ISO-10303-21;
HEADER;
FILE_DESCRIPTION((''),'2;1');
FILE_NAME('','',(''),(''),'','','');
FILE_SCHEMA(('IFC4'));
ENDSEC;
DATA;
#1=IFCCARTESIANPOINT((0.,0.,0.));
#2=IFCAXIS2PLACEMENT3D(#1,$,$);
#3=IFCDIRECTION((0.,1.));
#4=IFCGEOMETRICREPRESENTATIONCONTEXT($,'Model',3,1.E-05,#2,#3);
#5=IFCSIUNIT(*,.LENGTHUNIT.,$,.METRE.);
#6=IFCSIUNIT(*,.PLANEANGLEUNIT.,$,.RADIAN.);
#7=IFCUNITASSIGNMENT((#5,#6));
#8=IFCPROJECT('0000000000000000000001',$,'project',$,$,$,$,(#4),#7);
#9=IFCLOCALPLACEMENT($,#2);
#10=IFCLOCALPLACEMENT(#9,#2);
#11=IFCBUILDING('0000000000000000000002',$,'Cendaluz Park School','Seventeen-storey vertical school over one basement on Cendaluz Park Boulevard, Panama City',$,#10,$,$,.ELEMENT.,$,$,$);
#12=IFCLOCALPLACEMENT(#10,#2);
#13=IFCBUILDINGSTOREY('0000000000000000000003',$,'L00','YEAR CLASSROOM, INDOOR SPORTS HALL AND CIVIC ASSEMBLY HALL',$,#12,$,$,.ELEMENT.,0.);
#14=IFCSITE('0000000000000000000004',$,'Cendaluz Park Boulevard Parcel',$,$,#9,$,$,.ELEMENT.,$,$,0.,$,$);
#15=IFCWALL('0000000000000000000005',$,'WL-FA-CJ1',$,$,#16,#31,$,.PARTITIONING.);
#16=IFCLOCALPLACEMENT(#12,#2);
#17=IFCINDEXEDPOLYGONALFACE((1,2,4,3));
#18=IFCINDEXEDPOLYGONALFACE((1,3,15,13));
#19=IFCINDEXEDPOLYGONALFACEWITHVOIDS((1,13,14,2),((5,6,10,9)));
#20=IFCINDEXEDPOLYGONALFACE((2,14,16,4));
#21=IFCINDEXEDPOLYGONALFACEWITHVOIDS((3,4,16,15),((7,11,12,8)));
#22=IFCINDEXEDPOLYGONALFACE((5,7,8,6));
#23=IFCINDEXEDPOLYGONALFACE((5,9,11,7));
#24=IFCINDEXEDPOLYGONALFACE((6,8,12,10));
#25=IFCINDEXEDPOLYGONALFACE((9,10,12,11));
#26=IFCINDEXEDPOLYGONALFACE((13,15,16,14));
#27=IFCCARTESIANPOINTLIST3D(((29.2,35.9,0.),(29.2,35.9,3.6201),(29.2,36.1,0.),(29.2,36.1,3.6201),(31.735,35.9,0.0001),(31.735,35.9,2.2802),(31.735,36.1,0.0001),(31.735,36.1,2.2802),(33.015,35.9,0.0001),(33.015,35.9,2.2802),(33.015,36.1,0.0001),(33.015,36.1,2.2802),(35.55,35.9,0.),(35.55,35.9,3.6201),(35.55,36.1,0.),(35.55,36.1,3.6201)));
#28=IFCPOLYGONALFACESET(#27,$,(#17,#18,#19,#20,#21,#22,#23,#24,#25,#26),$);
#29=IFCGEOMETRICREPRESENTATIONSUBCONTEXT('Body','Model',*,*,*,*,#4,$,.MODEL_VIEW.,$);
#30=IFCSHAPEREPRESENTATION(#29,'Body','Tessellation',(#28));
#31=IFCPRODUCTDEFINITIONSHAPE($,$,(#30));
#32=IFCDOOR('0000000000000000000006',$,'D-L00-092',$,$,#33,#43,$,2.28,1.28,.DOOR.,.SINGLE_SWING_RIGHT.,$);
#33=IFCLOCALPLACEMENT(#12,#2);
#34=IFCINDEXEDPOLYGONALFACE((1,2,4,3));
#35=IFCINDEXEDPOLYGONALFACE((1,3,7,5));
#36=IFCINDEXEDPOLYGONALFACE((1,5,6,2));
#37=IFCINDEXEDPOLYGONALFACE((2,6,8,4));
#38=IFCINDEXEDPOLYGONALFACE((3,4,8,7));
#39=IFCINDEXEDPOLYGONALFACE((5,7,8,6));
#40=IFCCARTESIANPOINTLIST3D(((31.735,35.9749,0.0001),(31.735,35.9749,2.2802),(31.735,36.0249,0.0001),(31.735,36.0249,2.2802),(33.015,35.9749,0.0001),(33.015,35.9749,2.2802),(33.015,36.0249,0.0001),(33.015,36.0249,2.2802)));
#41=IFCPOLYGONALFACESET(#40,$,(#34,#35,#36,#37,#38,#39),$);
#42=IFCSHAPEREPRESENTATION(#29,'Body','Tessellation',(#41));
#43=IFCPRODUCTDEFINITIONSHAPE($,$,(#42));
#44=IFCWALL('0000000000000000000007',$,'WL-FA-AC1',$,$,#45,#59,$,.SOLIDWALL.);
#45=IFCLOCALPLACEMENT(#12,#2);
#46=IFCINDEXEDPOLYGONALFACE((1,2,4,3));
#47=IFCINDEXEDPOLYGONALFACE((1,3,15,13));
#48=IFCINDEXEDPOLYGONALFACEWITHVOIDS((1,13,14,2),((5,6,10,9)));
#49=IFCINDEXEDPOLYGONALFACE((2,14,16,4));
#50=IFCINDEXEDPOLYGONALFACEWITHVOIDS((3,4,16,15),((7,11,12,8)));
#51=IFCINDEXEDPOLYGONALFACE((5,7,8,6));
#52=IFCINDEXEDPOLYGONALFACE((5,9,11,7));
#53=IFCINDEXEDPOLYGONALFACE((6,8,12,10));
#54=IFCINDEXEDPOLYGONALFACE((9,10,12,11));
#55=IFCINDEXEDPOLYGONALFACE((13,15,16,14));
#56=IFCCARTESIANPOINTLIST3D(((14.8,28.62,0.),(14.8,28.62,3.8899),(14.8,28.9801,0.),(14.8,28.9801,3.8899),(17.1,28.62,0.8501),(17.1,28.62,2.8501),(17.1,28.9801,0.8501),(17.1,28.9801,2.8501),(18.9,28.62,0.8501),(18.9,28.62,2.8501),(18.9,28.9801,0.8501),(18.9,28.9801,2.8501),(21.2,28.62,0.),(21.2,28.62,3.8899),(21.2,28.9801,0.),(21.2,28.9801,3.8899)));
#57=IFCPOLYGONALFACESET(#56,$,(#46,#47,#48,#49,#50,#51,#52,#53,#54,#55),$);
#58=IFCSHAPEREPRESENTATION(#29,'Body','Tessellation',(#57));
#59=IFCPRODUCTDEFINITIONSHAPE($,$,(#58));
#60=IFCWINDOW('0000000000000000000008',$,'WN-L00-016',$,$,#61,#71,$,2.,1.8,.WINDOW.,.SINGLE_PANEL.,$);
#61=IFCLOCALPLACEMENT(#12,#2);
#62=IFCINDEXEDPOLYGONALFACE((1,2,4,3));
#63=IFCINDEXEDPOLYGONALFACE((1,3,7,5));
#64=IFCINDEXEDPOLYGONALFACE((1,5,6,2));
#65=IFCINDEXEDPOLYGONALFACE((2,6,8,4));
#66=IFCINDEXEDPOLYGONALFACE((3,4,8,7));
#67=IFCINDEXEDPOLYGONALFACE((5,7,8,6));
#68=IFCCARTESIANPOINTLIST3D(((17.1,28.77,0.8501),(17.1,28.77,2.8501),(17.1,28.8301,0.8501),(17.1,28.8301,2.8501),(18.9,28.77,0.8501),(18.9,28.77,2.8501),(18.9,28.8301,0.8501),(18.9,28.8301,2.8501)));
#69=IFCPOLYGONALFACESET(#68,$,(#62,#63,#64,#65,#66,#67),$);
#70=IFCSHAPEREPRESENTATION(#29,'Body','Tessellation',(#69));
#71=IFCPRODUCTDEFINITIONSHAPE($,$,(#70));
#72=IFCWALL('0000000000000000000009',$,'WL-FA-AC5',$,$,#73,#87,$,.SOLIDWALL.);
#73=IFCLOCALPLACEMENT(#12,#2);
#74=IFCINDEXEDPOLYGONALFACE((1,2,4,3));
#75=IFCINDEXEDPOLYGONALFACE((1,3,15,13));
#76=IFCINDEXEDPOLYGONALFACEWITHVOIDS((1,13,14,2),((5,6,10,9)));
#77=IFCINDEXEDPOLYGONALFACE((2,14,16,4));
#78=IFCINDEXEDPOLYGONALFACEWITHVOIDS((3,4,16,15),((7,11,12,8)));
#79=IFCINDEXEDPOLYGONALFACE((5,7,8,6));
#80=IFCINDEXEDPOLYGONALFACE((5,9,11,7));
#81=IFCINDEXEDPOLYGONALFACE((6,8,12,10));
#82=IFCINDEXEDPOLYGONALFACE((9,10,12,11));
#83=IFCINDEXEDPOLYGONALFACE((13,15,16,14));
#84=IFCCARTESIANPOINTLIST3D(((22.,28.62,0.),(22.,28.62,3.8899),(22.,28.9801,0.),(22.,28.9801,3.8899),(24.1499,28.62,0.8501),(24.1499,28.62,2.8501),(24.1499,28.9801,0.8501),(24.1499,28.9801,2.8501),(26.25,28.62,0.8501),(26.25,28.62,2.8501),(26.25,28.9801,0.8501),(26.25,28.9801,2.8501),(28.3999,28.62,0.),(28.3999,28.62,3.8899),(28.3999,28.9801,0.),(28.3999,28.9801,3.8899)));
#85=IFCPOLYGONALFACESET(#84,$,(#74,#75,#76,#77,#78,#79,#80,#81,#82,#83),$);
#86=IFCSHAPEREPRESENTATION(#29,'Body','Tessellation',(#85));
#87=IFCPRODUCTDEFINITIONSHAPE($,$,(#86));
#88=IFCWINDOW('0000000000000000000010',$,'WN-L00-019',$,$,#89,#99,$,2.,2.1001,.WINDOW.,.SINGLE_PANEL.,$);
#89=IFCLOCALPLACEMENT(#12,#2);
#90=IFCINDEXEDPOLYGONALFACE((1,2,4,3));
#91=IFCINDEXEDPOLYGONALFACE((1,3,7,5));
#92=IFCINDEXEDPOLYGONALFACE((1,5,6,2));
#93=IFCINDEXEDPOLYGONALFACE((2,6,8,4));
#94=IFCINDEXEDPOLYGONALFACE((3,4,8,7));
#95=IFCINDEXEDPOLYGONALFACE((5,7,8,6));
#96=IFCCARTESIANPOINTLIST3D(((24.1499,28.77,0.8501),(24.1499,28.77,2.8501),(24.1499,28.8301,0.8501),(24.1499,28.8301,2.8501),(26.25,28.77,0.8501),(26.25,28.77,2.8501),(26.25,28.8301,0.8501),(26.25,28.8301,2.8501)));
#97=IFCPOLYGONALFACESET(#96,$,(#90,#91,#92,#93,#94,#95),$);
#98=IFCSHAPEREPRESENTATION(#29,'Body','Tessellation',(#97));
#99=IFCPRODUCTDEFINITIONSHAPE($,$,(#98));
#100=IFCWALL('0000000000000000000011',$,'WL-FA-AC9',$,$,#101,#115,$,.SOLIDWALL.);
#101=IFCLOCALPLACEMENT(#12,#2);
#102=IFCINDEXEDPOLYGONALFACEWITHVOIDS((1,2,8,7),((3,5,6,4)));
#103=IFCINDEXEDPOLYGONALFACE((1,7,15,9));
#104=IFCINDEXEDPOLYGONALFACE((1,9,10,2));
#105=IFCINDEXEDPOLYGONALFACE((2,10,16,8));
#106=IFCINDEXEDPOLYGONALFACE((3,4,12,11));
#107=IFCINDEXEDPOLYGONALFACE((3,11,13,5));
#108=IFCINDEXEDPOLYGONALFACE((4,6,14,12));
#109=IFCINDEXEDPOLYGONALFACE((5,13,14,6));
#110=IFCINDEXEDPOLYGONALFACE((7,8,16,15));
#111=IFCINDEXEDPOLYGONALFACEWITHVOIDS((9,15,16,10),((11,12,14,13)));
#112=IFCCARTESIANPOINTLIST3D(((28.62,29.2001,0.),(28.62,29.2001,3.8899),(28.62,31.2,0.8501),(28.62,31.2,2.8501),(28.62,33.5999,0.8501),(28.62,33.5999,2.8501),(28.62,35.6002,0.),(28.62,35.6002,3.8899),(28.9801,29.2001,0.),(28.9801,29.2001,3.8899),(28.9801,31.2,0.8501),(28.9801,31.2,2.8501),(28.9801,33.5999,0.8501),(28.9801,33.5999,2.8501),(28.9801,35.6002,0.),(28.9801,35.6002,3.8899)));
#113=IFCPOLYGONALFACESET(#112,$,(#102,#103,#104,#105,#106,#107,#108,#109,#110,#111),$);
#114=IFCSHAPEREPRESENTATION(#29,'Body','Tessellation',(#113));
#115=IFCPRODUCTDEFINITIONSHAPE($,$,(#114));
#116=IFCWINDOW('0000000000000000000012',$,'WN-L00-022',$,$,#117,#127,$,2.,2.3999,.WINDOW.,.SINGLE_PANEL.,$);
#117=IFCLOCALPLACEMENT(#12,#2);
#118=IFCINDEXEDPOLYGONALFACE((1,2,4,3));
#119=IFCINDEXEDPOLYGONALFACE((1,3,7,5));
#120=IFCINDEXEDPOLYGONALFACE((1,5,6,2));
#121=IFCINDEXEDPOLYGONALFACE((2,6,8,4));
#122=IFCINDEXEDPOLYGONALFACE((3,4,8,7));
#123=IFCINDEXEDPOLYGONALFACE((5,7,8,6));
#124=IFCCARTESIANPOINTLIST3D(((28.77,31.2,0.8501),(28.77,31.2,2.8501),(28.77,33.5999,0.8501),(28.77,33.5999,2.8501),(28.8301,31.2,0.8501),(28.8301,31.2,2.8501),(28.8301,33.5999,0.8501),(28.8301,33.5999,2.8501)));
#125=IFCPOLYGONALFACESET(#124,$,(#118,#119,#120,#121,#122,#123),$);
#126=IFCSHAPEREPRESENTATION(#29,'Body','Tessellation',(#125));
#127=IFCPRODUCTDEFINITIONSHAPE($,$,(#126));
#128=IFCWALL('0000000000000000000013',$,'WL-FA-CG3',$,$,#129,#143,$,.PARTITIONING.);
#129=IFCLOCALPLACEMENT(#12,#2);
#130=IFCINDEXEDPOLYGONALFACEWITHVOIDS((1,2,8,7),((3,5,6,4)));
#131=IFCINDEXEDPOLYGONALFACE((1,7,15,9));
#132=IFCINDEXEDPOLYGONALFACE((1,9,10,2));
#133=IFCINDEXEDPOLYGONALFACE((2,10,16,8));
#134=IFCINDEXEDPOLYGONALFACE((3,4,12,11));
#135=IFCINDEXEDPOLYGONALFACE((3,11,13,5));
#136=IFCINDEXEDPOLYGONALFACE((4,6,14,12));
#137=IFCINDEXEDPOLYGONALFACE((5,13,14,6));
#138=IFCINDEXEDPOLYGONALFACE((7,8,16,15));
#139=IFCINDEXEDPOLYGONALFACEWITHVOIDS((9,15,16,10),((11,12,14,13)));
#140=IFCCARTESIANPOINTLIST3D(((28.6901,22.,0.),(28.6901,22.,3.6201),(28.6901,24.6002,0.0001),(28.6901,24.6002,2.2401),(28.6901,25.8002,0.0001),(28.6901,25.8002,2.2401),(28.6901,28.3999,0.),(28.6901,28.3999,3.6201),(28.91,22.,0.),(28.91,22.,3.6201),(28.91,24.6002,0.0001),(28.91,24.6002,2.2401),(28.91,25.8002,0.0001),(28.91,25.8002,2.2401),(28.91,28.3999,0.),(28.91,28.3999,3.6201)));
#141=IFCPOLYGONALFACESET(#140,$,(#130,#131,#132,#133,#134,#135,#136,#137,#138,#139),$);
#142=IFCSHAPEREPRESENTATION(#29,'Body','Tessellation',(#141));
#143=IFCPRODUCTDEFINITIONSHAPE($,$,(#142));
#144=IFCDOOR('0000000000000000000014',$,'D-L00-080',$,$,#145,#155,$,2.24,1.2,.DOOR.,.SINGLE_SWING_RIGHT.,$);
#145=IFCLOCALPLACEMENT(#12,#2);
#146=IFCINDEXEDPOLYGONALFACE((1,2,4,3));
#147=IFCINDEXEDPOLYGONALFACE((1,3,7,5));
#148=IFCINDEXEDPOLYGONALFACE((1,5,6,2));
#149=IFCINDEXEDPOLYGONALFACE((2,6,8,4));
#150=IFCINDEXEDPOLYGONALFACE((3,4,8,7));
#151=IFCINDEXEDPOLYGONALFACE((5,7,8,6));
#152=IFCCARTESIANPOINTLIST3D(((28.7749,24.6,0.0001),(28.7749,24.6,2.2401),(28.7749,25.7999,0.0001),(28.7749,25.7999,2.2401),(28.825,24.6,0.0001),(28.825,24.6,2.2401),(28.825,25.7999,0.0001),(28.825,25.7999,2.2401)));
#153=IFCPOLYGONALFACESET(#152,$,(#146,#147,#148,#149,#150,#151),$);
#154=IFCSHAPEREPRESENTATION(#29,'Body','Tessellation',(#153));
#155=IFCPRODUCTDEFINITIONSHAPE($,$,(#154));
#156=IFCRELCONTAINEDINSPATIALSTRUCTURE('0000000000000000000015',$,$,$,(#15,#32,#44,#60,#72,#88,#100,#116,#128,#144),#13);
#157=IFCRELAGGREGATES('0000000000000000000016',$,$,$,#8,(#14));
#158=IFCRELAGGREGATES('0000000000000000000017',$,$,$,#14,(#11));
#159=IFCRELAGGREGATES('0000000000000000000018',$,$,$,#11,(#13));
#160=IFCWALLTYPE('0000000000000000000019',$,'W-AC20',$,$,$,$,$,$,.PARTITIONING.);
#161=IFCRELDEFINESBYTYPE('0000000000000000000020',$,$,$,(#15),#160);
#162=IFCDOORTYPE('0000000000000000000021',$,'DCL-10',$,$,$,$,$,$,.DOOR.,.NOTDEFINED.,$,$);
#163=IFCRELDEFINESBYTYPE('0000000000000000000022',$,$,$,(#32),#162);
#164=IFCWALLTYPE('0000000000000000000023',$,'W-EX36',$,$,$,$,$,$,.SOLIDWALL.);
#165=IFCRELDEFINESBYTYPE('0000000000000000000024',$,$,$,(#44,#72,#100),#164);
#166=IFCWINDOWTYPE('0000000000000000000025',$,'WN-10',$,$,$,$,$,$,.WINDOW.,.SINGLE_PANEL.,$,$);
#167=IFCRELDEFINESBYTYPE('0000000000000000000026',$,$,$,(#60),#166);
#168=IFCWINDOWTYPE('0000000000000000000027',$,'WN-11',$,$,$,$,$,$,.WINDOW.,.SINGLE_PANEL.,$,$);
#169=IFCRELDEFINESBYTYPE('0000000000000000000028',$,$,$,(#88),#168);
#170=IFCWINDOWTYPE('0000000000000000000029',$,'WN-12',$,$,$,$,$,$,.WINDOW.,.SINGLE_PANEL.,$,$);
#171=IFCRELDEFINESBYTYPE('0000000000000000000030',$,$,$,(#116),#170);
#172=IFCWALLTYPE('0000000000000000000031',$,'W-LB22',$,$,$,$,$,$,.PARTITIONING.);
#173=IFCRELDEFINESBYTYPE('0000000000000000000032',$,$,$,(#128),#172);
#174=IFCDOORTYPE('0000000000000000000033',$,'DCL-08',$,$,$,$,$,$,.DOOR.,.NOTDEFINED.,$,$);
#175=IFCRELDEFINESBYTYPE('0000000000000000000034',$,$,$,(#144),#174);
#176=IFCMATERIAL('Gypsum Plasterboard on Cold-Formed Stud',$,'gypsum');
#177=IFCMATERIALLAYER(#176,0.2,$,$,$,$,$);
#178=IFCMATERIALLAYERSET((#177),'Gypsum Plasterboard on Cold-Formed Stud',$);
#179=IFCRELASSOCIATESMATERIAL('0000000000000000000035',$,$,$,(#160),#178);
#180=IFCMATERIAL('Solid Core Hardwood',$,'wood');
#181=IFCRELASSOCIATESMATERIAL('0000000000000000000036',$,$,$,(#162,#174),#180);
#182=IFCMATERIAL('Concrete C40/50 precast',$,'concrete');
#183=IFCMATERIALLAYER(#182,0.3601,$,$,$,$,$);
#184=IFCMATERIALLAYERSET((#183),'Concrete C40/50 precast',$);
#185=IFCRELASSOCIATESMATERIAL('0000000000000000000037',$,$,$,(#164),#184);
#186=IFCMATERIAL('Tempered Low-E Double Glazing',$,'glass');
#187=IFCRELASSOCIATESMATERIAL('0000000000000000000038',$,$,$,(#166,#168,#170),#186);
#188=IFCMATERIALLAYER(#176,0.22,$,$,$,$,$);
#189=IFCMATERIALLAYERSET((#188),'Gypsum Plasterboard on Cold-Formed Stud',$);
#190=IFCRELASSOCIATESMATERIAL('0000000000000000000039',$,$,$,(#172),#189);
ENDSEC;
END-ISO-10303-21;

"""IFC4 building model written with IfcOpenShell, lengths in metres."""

from ifc_helpers import new_model, si_unit, direction, frame, frame_2d, origin, place, context, subcontext, project, spatial, rectangle, extrude, material, layer, layer_set, type_object, element, fill, save


model = new_model("IFC4")

# Units and contexts
model_context = context("Model", 3, precision=1e-05, world=origin(), true_north=direction((0.0, 1.0)))
body_context = subcontext(model_context, "Body", "Model", "MODEL_VIEW")
ifc_project = project(units=[si_unit("LENGTHUNIT", "METRE"), si_unit("PLANEANGLEUNIT", "RADIAN")], contexts=[model_context])

# Site, building, storey
site_placement = place(None, origin())
site = spatial("IfcSite", under=ifc_project, at=site_placement, Name="Cendaluz Park Boulevard Parcel", CompositionType="ELEMENT", RefElevation=0.0)
building_placement = place(site_placement, origin())
building = spatial("IfcBuilding", under=site, at=building_placement, Name="Cendaluz Park School", Description="Seventeen-storey vertical school over one basement on Cendaluz Park Boulevard, Panama City", CompositionType="ELEMENT")
storey_placement = place(building_placement, origin())
storey = spatial("IfcBuildingStorey", under=building, at=storey_placement, Name="L00", Description="YEAR CLASSROOM, INDOOR SPORTS HALL AND CIVIC ASSEMBLY HALL", CompositionType="ELEMENT", Elevation=0.0)

# Wall, opening, door
ifc_material_1 = material(Name="Gypsum Plasterboard on Cold-Formed Stud", Category="gypsum")
ifc_layer_1 = layer(ifc_material_1, 0.2)
ifc_layer_set_1 = layer_set([ifc_layer_1], Name="Gypsum Plasterboard on Cold-Formed Stud")
wall_type_1 = type_object("IfcWallType", Name="W-AC20", PredefinedType="PARTITIONING", material=ifc_layer_set_1)
wall_1_placement = place(storey_placement, frame((29.2, 36.0, 0.0), z_axis=(0.0, 0.0, 1.0), x_axis=(1.0, 0.0, 0.0)))
wall_1 = element("IfcWall", 1, at=wall_1_placement, inside=storey, type_object=wall_type_1, Name="WL-FA-CJ1", PredefinedType="PARTITIONING", context=body_context, shape_type="SweptSolid", body=[
    extrude(rectangle(XDim=6.3501, YDim=0.2, at=frame_2d((3.175, 0.0))), origin(), (0.0, 0.0, 1.0), 3.6201),
])
opening_1_placement = place(wall_1_placement, frame((2.5349, 0.0, 0.0)))
opening_1 = element("IfcOpeningElement", 2, at=opening_1_placement, cuts=wall_1, PredefinedType="OPENING", context=body_context, shape_type="SweptSolid", body=[
    extrude(rectangle(XDim=1.28, YDim=2.28, at=frame_2d((0.6401, 1.1401))), frame((0.0, 0.1121, 0.0), z_axis=(0.0, -1.0, 0.0), x_axis=(1.0, 0.0, 0.0)), (0.0, 0.0, 1.0), 0.2239),
])
ifc_material_2 = material(Name="Solid Core Hardwood", Category="wood")
door_type_1 = type_object("IfcDoorType", Name="DCL-10", OperationType="NOTDEFINED", PredefinedType="DOOR", material=ifc_material_2)
door_1_placement = place(opening_1_placement, origin())
door_1 = element("IfcDoor", 3, at=door_1_placement, inside=storey, type_object=door_type_1, Name="D-L00-092", OperationType="SINGLE_SWING_RIGHT", OverallHeight=2.28, OverallWidth=1.28, PredefinedType="DOOR", context=body_context, shape_type="SweptSolid", body=[
    extrude(rectangle(XDim=1.28, YDim=2.28, at=frame_2d((0.6401, 1.1401))), frame((0.0, 0.0249, 0.0), z_axis=(0.0, -1.0, 0.0), x_axis=(1.0, 0.0, 0.0)), (0.0, 0.0, 1.0), 0.05),
])
fill(opening_1, door_1)

# Walls, openings, windows
ifc_material_3 = material(Name="Concrete C40/50 precast", Category="concrete")
ifc_layer_2 = layer(ifc_material_3, 0.3601)
ifc_layer_set_2 = layer_set([ifc_layer_2], Name="Concrete C40/50 precast")
wall_type_2 = type_object("IfcWallType", Name="W-EX36", PredefinedType="SOLIDWALL", material=ifc_layer_set_2)
wall_2_placement = place(storey_placement, frame((14.8, 28.8, 0.0), z_axis=(0.0, 0.0, 1.0), x_axis=(1.0, 0.0, 0.0)))
wall_2 = element("IfcWall", 4, at=wall_2_placement, inside=storey, type_object=wall_type_2, Name="WL-FA-AC1", PredefinedType="SOLIDWALL", context=body_context, shape_type="SweptSolid", body=[
    extrude(rectangle(XDim=6.3999, YDim=0.3601, at=frame_2d((3.2, 0.0))), origin(), (0.0, 0.0, 1.0), 3.8899),
])
opening_2_placement = place(wall_2_placement, frame((2.3, 0.0, 0.8501)))
opening_2 = element("IfcOpeningElement", 5, at=opening_2_placement, cuts=wall_2, PredefinedType="OPENING", context=body_context, shape_type="SweptSolid", body=[
    extrude(rectangle(XDim=1.8, YDim=2.0, at=frame_2d((0.8999, 1.0))), frame((0.0, 0.1921, 0.0), z_axis=(0.0, -1.0, 0.0), x_axis=(1.0, 0.0, 0.0)), (0.0, 0.0, 1.0), 0.384),
])
ifc_material_4 = material(Name="Tempered Low-E Double Glazing", Category="glass")
window_type_1 = type_object("IfcWindowType", Name="WN-10", PartitioningType="SINGLE_PANEL", PredefinedType="WINDOW", material=ifc_material_4)
window_1_placement = place(opening_2_placement, origin())
window_1 = element("IfcWindow", 6, at=window_1_placement, inside=storey, type_object=window_type_1, Name="WN-L00-016", OverallHeight=2.0, OverallWidth=1.8, PartitioningType="SINGLE_PANEL", PredefinedType="WINDOW", context=body_context, shape_type="SweptSolid", body=[
    extrude(rectangle(XDim=1.8, YDim=2.0, at=frame_2d((0.8999, 1.0))), frame((0.0, 0.03, 0.0), z_axis=(0.0, -1.0, 0.0), x_axis=(1.0, 0.0, 0.0)), (0.0, 0.0, 1.0), 0.0601),
])
fill(opening_2, window_1)
wall_3_placement = place(storey_placement, frame((22.0, 28.8, 0.0), z_axis=(0.0, 0.0, 1.0), x_axis=(1.0, 0.0, 0.0)))
wall_3 = element("IfcWall", 7, at=wall_3_placement, inside=storey, type_object=wall_type_2, Name="WL-FA-AC5", PredefinedType="SOLIDWALL", context=body_context, shape_type="SweptSolid", body=[
    extrude(rectangle(XDim=6.3999, YDim=0.3601, at=frame_2d((3.2, 0.0))), origin(), (0.0, 0.0, 1.0), 3.8899),
])
opening_3_placement = place(wall_3_placement, frame((2.1499, 0.0, 0.8501)))
opening_3 = element("IfcOpeningElement", 8, at=opening_3_placement, cuts=wall_3, PredefinedType="OPENING", context=body_context, shape_type="SweptSolid", body=[
    extrude(rectangle(XDim=2.1001, YDim=2.0, at=frame_2d((1.05, 1.0))), frame((0.0, 0.1921, 0.0), z_axis=(0.0, -1.0, 0.0), x_axis=(1.0, 0.0, 0.0)), (0.0, 0.0, 1.0), 0.384),
])
window_type_2 = type_object("IfcWindowType", Name="WN-11", PartitioningType="SINGLE_PANEL", PredefinedType="WINDOW", material=ifc_material_4)
window_2_placement = place(opening_3_placement, origin())
window_2 = element("IfcWindow", 9, at=window_2_placement, inside=storey, type_object=window_type_2, Name="WN-L00-019", OverallHeight=2.0, OverallWidth=2.1001, PartitioningType="SINGLE_PANEL", PredefinedType="WINDOW", context=body_context, shape_type="SweptSolid", body=[
    extrude(rectangle(XDim=2.1001, YDim=2.0, at=frame_2d((1.05, 1.0))), frame((0.0, 0.03, 0.0), z_axis=(0.0, -1.0, 0.0), x_axis=(1.0, 0.0, 0.0)), (0.0, 0.0, 1.0), 0.0601),
])
fill(opening_3, window_2)
wall_4_placement = place(storey_placement, frame((28.8, 29.2, 0.0), z_axis=(0.0, 0.0, 1.0), x_axis=(0.0, 1.0, 0.0)))
wall_4 = element("IfcWall", 10, at=wall_4_placement, inside=storey, type_object=wall_type_2, Name="WL-FA-AC9", PredefinedType="SOLIDWALL", context=body_context, shape_type="SweptSolid", body=[
    extrude(rectangle(XDim=6.4001, YDim=0.3601, at=frame_2d((3.2002, 0.0))), origin(), (0.0, 0.0, 1.0), 3.8899),
])
opening_4_placement = place(wall_4_placement, frame((2.0, 0.0, 0.8501)))
opening_4 = element("IfcOpeningElement", 11, at=opening_4_placement, cuts=wall_4, PredefinedType="OPENING", context=body_context, shape_type="SweptSolid", body=[
    extrude(rectangle(XDim=2.3999, YDim=2.0, at=frame_2d((1.2, 1.0))), frame((0.0, 0.1921, 0.0), z_axis=(0.0, -1.0, 0.0), x_axis=(1.0, 0.0, 0.0)), (0.0, 0.0, 1.0), 0.384),
])
window_type_3 = type_object("IfcWindowType", Name="WN-12", PartitioningType="SINGLE_PANEL", PredefinedType="WINDOW", material=ifc_material_4)
window_3_placement = place(opening_4_placement, origin())
window_3 = element("IfcWindow", 12, at=window_3_placement, inside=storey, type_object=window_type_3, Name="WN-L00-022", OverallHeight=2.0, OverallWidth=2.3999, PartitioningType="SINGLE_PANEL", PredefinedType="WINDOW", context=body_context, shape_type="SweptSolid", body=[
    extrude(rectangle(XDim=2.3999, YDim=2.0, at=frame_2d((1.2, 1.0))), frame((0.0, 0.03, 0.0), z_axis=(0.0, -1.0, 0.0), x_axis=(1.0, 0.0, 0.0)), (0.0, 0.0, 1.0), 0.0601),
])
fill(opening_4, window_3)

# Wall, opening, door
ifc_layer_3 = layer(ifc_material_1, 0.22)
ifc_layer_set_3 = layer_set([ifc_layer_3], Name="Gypsum Plasterboard on Cold-Formed Stud")
wall_type_3 = type_object("IfcWallType", Name="W-LB22", PredefinedType="PARTITIONING", material=ifc_layer_set_3)
wall_5_placement = place(storey_placement, frame((28.8, 22.0, 0.0), z_axis=(0.0, 0.0, 1.0), x_axis=(0.0, 1.0, 0.0)))
wall_5 = element("IfcWall", 13, at=wall_5_placement, inside=storey, type_object=wall_type_3, Name="WL-FA-CG3", PredefinedType="PARTITIONING", context=body_context, shape_type="SweptSolid", body=[
    extrude(rectangle(XDim=6.3999, YDim=0.22, at=frame_2d((3.2, 0.0))), origin(), (0.0, 0.0, 1.0), 3.6201),
])
opening_5_placement = place(wall_5_placement, frame((2.6001, 0.0, 0.0)))
opening_5 = element("IfcOpeningElement", 14, at=opening_5_placement, cuts=wall_5, PredefinedType="OPENING", context=body_context, shape_type="SweptSolid", body=[
    extrude(rectangle(XDim=1.2, YDim=2.24, at=frame_2d((0.6001, 1.1201))), frame((0.0, 0.1221, 0.0), z_axis=(0.0, -1.0, 0.0), x_axis=(1.0, 0.0, 0.0)), (0.0, 0.0, 1.0), 0.2439),
])
door_type_2 = type_object("IfcDoorType", Name="DCL-08", OperationType="NOTDEFINED", PredefinedType="DOOR", material=ifc_material_2)
door_2_placement = place(opening_5_placement, frame((1.2, 0.0, 0.0), z_axis=(0.0, 0.0, 1.0), x_axis=(-1.0, 0.0, 0.0)))
door_2 = element("IfcDoor", 15, at=door_2_placement, inside=storey, type_object=door_type_2, Name="D-L00-080", OperationType="SINGLE_SWING_RIGHT", OverallHeight=2.24, OverallWidth=1.2, PredefinedType="DOOR", context=body_context, shape_type="SweptSolid", body=[
    extrude(rectangle(XDim=1.2, YDim=2.24, at=frame_2d((0.6001, 1.1201))), frame((0.0, 0.0249, 0.0), z_axis=(0.0, -1.0, 0.0), x_axis=(1.0, 0.0, 0.0)), (0.0, 0.0, 1.0), 0.05),
])
fill(opening_5, door_2)

save(model, "model.ifc")
